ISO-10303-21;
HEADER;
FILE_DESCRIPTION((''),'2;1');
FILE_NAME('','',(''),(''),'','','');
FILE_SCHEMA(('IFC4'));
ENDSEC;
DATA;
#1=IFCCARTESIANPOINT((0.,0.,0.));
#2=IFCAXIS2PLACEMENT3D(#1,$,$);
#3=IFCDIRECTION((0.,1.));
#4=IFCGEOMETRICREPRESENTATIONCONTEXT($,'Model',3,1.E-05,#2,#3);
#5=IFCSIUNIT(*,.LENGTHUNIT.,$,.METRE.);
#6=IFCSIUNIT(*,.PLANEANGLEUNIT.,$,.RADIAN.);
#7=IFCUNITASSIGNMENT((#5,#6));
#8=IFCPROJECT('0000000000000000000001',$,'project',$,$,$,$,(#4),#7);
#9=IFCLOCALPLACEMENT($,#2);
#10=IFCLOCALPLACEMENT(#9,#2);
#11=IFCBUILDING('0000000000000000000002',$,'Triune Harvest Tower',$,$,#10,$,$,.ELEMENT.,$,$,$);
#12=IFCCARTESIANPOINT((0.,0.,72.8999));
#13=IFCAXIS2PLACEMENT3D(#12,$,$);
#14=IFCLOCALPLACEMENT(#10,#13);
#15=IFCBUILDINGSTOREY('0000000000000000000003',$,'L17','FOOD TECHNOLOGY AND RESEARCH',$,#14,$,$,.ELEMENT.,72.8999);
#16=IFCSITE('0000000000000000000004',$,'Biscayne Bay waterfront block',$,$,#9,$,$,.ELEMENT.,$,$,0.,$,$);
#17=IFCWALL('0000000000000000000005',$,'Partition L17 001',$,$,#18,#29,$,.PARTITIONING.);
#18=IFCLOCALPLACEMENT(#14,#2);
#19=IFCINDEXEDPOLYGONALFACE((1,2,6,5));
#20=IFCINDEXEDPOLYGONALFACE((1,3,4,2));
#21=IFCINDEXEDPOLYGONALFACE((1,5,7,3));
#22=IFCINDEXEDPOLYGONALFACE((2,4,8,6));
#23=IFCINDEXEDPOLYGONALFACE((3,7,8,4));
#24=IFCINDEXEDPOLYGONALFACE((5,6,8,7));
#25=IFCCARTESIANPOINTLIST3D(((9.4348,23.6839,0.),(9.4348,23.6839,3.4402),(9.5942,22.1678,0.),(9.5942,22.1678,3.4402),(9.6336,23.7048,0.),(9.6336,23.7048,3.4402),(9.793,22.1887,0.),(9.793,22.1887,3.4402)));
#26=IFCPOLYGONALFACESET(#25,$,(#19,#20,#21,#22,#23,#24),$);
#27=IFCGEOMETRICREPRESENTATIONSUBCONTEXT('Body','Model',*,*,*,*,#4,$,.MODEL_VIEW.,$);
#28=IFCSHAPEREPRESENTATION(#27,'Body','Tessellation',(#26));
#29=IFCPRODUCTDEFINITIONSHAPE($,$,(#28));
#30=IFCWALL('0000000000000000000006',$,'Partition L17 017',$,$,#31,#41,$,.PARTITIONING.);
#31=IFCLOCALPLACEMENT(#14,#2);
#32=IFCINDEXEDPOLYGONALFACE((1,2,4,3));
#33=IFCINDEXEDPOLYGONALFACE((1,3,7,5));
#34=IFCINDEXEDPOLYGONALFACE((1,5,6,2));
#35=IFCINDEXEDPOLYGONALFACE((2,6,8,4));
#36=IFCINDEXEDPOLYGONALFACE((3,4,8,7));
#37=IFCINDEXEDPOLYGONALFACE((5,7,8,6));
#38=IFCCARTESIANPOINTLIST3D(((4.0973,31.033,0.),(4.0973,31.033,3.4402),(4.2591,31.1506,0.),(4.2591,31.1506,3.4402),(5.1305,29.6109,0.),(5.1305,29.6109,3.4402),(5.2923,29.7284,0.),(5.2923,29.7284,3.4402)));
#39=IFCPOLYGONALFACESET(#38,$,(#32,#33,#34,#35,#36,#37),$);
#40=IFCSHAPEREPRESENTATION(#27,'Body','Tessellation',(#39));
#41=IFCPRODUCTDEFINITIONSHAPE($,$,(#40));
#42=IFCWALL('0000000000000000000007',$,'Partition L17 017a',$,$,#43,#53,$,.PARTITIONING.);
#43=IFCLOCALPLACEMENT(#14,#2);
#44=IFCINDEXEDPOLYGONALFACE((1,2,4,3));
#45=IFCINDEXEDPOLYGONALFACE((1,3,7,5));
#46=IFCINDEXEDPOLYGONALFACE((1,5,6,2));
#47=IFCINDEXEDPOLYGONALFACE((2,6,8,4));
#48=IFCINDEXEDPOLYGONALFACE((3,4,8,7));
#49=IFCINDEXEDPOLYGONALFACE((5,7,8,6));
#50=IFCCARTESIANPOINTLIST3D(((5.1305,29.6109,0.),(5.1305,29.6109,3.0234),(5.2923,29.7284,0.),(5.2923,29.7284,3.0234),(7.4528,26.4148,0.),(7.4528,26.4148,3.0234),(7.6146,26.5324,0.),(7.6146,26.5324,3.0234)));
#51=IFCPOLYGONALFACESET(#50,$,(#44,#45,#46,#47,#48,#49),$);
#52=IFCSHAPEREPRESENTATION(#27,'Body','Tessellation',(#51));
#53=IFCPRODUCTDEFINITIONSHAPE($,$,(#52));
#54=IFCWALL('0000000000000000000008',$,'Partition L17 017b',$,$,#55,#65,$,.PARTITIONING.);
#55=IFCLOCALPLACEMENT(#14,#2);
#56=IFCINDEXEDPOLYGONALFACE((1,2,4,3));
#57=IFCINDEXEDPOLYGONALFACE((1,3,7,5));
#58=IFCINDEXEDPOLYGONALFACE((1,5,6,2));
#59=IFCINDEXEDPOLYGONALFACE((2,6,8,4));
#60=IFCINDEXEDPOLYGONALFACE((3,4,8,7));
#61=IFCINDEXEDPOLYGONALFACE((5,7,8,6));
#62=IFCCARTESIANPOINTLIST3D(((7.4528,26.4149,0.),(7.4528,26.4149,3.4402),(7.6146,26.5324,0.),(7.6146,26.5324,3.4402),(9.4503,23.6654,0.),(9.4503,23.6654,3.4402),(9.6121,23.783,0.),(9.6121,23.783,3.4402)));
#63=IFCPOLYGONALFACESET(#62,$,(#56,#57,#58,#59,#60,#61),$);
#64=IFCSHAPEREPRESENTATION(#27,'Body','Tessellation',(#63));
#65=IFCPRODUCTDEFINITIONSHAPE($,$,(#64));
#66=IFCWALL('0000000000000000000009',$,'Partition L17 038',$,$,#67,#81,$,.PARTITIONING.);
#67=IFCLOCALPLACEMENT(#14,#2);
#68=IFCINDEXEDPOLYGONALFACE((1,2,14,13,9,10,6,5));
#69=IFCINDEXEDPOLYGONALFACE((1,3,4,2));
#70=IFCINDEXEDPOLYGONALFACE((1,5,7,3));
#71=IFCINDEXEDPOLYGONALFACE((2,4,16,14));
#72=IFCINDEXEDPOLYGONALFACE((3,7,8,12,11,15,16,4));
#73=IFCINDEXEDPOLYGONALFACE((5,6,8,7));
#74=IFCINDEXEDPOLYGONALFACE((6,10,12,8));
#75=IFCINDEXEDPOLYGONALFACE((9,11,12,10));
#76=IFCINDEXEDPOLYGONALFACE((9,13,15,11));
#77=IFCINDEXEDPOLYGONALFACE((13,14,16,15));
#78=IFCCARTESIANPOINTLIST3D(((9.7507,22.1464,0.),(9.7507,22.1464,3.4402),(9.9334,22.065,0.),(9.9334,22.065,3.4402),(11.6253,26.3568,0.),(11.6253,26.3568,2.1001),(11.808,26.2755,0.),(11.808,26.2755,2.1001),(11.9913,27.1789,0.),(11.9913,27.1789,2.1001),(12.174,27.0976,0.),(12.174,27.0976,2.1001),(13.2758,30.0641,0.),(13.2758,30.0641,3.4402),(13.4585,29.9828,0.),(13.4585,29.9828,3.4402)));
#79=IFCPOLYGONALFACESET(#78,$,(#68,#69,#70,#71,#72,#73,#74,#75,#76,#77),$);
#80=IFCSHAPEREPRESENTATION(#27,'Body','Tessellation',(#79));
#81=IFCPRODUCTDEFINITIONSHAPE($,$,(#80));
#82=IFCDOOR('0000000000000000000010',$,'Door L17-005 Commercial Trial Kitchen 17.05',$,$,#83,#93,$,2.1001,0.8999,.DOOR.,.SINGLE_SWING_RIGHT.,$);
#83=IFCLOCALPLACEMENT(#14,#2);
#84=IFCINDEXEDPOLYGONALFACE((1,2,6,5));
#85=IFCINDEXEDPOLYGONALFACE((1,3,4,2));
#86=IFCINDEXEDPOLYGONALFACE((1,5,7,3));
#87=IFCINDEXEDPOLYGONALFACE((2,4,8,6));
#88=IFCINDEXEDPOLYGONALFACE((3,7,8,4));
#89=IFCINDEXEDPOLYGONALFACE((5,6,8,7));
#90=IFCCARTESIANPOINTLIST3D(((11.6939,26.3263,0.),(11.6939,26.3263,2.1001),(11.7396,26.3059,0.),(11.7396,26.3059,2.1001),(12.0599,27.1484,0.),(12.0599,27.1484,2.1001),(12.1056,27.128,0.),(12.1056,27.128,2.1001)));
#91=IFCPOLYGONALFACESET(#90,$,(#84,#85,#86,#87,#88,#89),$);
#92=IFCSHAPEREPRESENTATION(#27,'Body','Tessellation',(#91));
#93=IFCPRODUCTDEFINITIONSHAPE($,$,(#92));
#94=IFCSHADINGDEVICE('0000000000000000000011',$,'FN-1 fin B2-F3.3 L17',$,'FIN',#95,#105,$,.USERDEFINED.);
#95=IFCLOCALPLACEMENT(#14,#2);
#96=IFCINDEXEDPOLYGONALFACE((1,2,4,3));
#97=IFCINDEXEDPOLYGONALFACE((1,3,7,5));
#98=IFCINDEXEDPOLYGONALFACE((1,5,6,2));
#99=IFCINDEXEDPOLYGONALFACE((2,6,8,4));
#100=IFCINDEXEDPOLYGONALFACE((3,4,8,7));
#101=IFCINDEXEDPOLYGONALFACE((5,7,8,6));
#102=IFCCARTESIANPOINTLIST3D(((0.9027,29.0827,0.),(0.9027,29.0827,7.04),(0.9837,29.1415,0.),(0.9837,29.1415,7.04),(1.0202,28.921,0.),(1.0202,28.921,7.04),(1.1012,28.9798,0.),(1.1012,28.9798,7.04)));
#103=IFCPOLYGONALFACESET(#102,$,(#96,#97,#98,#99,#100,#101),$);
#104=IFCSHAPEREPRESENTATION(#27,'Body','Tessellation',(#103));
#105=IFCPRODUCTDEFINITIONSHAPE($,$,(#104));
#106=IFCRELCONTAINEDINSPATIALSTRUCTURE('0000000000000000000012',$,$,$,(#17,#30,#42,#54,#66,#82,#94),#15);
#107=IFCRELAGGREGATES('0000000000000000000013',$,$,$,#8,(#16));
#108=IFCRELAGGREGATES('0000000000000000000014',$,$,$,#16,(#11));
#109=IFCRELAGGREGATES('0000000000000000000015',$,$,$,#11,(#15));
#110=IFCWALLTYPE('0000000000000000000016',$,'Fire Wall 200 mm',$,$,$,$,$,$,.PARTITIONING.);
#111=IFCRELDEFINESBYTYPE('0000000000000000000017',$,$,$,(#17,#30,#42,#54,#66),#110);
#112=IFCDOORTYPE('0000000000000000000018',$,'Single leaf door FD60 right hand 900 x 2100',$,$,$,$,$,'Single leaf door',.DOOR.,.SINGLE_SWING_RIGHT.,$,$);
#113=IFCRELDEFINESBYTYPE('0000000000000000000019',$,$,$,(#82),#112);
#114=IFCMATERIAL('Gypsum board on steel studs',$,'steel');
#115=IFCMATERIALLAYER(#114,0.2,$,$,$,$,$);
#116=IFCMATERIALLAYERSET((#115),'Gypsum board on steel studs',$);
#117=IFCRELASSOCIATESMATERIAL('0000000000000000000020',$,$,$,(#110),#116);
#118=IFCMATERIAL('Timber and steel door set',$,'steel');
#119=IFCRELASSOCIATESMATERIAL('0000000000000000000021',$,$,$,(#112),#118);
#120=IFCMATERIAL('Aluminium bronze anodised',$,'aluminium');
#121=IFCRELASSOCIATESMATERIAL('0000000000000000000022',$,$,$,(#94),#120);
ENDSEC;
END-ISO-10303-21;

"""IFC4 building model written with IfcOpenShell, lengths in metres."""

from ifc_helpers import new_model, si_unit, direction, frame, frame_2d, origin, origin_2d, place, context, subcontext, project, spatial, rectangle, extrude, source, transform, mapped, material, layer, layer_set, type_object, element, fill, save


model = new_model("IFC4")

# Units and contexts
model_context = context("Model", 3, precision=1e-05, world=origin(), true_north=direction((0.0, 1.0)))
body_context = subcontext(model_context, "Body", "Model", "MODEL_VIEW")
ifc_project = project(units=[si_unit("LENGTHUNIT", "METRE"), si_unit("PLANEANGLEUNIT", "RADIAN")], contexts=[model_context])

# Site, building, storey
site_placement = place(None, origin())
site = spatial("IfcSite", under=ifc_project, at=site_placement, Name="Biscayne Bay waterfront block", CompositionType="ELEMENT", RefElevation=0.0)
building_placement = place(site_placement, origin())
building = spatial("IfcBuilding", under=site, at=building_placement, Name="Triune Harvest Tower", CompositionType="ELEMENT")
storey_placement = place(building_placement, frame((0.0, 0.0, 72.8999)))
storey = spatial("IfcBuildingStorey", under=building, at=storey_placement, Name="L17", Description="FOOD TECHNOLOGY AND RESEARCH", CompositionType="ELEMENT", Elevation=72.8999)

# Walls
ifc_material_1 = material(Name="Gypsum board on steel studs", Category="steel")
ifc_layer_1 = layer(ifc_material_1, 0.2)
ifc_layer_set_1 = layer_set([ifc_layer_1], Name="Gypsum board on steel studs")
wall_type_1 = type_object("IfcWallType", Name="Fire Wall 200 mm", PredefinedType="PARTITIONING", material=ifc_layer_set_1)
wall_1_placement = place(storey_placement, frame((9.5342, 23.6943, 0.0), z_axis=(0.0, 0.0, 1.0), x_axis=(0.104576, -0.994517, 0.0)))
element("IfcWall", 1, at=wall_1_placement, inside=storey, type_object=wall_type_1, Name="Partition L17 001", PredefinedType="PARTITIONING", context=body_context, shape_type="SweptSolid", body=[
    extrude(rectangle(XDim=1.5244, YDim=0.2, at=frame_2d((0.7622, 0.0))), origin(), (0.0, 0.0, 1.0), 3.4402),
])
wall_2_placement = place(storey_placement, frame((4.1782, 31.0918, 0.0), z_axis=(0.0, 0.0, 1.0), x_axis=(0.587775, -0.809024, 0.0)))
element("IfcWall", 2, at=wall_2_placement, inside=storey, type_object=wall_type_1, Name="Partition L17 017", PredefinedType="PARTITIONING", context=body_context, shape_type="SweptSolid", body=[
    extrude(rectangle(XDim=1.7578, YDim=0.2, at=frame_2d((0.8789, 0.0))), origin(), (0.0, 0.0, 1.0), 3.4402),
])
wall_3_placement = place(storey_placement, frame((5.2114, 29.6697, 0.0), z_axis=(0.0, 0.0, 1.0), x_axis=(0.587819, -0.808993, 0.0)))
element("IfcWall", 3, at=wall_3_placement, inside=storey, type_object=wall_type_1, Name="Partition L17 017a", PredefinedType="PARTITIONING", context=body_context, shape_type="SweptSolid", body=[
    extrude(rectangle(XDim=3.9507, YDim=0.2, at=frame_2d((1.9753, 0.0))), origin(), (0.0, 0.0, 1.0), 3.0234),
])
wall_4_placement = place(storey_placement, frame((7.5337, 26.4736, 0.0), z_axis=(0.0, 0.0, 1.0), x_axis=(0.58777, -0.809028, 0.0)))
element("IfcWall", 4, at=wall_4_placement, inside=storey, type_object=wall_type_1, Name="Partition L17 017b", PredefinedType="PARTITIONING", context=body_context, shape_type="SweptSolid", body=[
    extrude(rectangle(XDim=3.3984, YDim=0.2, at=frame_2d((1.6992, 0.0))), origin(), (0.0, 0.0, 1.0), 3.4402),
])

# Wall, opening, door
wall_5_placement = place(storey_placement, frame((9.842, 22.1057, 0.0), z_axis=(0.0, 0.0, 1.0), x_axis=(0.406732, 0.913548, 0.0)))
wall_5 = element("IfcWall", 5, at=wall_5_placement, inside=storey, type_object=wall_type_1, Name="Partition L17 038", PredefinedType="PARTITIONING", context=body_context, shape_type="SweptSolid", body=[
    extrude(rectangle(XDim=8.667, YDim=0.2, at=frame_2d((4.3335, 0.0))), origin(), (0.0, 0.0, 1.0), 3.4402),
])
opening_1_placement = place(wall_5_placement, frame((4.6089, 0.0, 0.0)))
opening_1 = element("IfcOpeningElement", 6, at=opening_1_placement, cuts=wall_5, PredefinedType="OPENING", context=body_context, shape_type="SweptSolid", body=[
    extrude(rectangle(XDim=0.8999, YDim=2.1001, at=frame_2d((0.45, 1.05))), frame((0.0, 0.1099, 0.0), z_axis=(0.0, -1.0, 0.0), x_axis=(1.0, 0.0, 0.0)), (0.0, 0.0, 1.0), 0.22),
])
ifc_material_2 = material(Name="Timber and steel door set", Category="steel")
door_type_1 = type_object("IfcDoorType", Name="Single leaf door FD60 right hand 900 x 2100", ElementType="Single leaf door", OperationType="SINGLE_SWING_RIGHT", PredefinedType="DOOR", material=ifc_material_2)
door_1_placement = place(opening_1_placement, origin())
door_1 = element("IfcDoor", 7, at=door_1_placement, inside=storey, type_object=door_type_1, Name="Door L17-005 Commercial Trial Kitchen 17.05", OperationType="SINGLE_SWING_RIGHT", OverallHeight=2.1001, OverallWidth=0.8999, PredefinedType="DOOR", context=body_context, shape_type="SweptSolid", body=[
    extrude(rectangle(XDim=0.8999, YDim=2.1001, at=frame_2d((0.45, 1.05))), frame((0.0, 0.0249, 0.0), z_axis=(0.0, -1.0, 0.0), x_axis=(1.0, 0.0, 0.0)), (0.0, 0.0, 1.0), 0.05),
])
fill(opening_1, door_1)

# Shading device
ifc_material_3 = material(Name="Aluminium bronze anodised", Category="aluminium")
shared_shape_1 = source(origin(), body_context, "Body", "SweptSolid", [
    extrude(rectangle(XDim=0.1001, YDim=0.2, at=origin_2d()), origin(), (0.0, 0.0, 1.0), 7.04),
])
shading_device_placement = place(storey_placement, frame((1.002, 29.0312, 0.0), z_axis=(0.0, 0.0, 1.0), x_axis=(-0.809017, -0.587785, 0.0)))
element("IfcShadingDevice", 8, at=shading_device_placement, inside=storey, material=ifc_material_3, Name="FN-1 fin B2-F3.3 L17", ObjectType="FIN", PredefinedType="USERDEFINED", context=body_context, shape_type="MappedRepresentation", body=[
    mapped(shared_shape_1, transform((0.0, 0.0, 0.0), scale=1.0)),
])

save(model, "model.ifc")
